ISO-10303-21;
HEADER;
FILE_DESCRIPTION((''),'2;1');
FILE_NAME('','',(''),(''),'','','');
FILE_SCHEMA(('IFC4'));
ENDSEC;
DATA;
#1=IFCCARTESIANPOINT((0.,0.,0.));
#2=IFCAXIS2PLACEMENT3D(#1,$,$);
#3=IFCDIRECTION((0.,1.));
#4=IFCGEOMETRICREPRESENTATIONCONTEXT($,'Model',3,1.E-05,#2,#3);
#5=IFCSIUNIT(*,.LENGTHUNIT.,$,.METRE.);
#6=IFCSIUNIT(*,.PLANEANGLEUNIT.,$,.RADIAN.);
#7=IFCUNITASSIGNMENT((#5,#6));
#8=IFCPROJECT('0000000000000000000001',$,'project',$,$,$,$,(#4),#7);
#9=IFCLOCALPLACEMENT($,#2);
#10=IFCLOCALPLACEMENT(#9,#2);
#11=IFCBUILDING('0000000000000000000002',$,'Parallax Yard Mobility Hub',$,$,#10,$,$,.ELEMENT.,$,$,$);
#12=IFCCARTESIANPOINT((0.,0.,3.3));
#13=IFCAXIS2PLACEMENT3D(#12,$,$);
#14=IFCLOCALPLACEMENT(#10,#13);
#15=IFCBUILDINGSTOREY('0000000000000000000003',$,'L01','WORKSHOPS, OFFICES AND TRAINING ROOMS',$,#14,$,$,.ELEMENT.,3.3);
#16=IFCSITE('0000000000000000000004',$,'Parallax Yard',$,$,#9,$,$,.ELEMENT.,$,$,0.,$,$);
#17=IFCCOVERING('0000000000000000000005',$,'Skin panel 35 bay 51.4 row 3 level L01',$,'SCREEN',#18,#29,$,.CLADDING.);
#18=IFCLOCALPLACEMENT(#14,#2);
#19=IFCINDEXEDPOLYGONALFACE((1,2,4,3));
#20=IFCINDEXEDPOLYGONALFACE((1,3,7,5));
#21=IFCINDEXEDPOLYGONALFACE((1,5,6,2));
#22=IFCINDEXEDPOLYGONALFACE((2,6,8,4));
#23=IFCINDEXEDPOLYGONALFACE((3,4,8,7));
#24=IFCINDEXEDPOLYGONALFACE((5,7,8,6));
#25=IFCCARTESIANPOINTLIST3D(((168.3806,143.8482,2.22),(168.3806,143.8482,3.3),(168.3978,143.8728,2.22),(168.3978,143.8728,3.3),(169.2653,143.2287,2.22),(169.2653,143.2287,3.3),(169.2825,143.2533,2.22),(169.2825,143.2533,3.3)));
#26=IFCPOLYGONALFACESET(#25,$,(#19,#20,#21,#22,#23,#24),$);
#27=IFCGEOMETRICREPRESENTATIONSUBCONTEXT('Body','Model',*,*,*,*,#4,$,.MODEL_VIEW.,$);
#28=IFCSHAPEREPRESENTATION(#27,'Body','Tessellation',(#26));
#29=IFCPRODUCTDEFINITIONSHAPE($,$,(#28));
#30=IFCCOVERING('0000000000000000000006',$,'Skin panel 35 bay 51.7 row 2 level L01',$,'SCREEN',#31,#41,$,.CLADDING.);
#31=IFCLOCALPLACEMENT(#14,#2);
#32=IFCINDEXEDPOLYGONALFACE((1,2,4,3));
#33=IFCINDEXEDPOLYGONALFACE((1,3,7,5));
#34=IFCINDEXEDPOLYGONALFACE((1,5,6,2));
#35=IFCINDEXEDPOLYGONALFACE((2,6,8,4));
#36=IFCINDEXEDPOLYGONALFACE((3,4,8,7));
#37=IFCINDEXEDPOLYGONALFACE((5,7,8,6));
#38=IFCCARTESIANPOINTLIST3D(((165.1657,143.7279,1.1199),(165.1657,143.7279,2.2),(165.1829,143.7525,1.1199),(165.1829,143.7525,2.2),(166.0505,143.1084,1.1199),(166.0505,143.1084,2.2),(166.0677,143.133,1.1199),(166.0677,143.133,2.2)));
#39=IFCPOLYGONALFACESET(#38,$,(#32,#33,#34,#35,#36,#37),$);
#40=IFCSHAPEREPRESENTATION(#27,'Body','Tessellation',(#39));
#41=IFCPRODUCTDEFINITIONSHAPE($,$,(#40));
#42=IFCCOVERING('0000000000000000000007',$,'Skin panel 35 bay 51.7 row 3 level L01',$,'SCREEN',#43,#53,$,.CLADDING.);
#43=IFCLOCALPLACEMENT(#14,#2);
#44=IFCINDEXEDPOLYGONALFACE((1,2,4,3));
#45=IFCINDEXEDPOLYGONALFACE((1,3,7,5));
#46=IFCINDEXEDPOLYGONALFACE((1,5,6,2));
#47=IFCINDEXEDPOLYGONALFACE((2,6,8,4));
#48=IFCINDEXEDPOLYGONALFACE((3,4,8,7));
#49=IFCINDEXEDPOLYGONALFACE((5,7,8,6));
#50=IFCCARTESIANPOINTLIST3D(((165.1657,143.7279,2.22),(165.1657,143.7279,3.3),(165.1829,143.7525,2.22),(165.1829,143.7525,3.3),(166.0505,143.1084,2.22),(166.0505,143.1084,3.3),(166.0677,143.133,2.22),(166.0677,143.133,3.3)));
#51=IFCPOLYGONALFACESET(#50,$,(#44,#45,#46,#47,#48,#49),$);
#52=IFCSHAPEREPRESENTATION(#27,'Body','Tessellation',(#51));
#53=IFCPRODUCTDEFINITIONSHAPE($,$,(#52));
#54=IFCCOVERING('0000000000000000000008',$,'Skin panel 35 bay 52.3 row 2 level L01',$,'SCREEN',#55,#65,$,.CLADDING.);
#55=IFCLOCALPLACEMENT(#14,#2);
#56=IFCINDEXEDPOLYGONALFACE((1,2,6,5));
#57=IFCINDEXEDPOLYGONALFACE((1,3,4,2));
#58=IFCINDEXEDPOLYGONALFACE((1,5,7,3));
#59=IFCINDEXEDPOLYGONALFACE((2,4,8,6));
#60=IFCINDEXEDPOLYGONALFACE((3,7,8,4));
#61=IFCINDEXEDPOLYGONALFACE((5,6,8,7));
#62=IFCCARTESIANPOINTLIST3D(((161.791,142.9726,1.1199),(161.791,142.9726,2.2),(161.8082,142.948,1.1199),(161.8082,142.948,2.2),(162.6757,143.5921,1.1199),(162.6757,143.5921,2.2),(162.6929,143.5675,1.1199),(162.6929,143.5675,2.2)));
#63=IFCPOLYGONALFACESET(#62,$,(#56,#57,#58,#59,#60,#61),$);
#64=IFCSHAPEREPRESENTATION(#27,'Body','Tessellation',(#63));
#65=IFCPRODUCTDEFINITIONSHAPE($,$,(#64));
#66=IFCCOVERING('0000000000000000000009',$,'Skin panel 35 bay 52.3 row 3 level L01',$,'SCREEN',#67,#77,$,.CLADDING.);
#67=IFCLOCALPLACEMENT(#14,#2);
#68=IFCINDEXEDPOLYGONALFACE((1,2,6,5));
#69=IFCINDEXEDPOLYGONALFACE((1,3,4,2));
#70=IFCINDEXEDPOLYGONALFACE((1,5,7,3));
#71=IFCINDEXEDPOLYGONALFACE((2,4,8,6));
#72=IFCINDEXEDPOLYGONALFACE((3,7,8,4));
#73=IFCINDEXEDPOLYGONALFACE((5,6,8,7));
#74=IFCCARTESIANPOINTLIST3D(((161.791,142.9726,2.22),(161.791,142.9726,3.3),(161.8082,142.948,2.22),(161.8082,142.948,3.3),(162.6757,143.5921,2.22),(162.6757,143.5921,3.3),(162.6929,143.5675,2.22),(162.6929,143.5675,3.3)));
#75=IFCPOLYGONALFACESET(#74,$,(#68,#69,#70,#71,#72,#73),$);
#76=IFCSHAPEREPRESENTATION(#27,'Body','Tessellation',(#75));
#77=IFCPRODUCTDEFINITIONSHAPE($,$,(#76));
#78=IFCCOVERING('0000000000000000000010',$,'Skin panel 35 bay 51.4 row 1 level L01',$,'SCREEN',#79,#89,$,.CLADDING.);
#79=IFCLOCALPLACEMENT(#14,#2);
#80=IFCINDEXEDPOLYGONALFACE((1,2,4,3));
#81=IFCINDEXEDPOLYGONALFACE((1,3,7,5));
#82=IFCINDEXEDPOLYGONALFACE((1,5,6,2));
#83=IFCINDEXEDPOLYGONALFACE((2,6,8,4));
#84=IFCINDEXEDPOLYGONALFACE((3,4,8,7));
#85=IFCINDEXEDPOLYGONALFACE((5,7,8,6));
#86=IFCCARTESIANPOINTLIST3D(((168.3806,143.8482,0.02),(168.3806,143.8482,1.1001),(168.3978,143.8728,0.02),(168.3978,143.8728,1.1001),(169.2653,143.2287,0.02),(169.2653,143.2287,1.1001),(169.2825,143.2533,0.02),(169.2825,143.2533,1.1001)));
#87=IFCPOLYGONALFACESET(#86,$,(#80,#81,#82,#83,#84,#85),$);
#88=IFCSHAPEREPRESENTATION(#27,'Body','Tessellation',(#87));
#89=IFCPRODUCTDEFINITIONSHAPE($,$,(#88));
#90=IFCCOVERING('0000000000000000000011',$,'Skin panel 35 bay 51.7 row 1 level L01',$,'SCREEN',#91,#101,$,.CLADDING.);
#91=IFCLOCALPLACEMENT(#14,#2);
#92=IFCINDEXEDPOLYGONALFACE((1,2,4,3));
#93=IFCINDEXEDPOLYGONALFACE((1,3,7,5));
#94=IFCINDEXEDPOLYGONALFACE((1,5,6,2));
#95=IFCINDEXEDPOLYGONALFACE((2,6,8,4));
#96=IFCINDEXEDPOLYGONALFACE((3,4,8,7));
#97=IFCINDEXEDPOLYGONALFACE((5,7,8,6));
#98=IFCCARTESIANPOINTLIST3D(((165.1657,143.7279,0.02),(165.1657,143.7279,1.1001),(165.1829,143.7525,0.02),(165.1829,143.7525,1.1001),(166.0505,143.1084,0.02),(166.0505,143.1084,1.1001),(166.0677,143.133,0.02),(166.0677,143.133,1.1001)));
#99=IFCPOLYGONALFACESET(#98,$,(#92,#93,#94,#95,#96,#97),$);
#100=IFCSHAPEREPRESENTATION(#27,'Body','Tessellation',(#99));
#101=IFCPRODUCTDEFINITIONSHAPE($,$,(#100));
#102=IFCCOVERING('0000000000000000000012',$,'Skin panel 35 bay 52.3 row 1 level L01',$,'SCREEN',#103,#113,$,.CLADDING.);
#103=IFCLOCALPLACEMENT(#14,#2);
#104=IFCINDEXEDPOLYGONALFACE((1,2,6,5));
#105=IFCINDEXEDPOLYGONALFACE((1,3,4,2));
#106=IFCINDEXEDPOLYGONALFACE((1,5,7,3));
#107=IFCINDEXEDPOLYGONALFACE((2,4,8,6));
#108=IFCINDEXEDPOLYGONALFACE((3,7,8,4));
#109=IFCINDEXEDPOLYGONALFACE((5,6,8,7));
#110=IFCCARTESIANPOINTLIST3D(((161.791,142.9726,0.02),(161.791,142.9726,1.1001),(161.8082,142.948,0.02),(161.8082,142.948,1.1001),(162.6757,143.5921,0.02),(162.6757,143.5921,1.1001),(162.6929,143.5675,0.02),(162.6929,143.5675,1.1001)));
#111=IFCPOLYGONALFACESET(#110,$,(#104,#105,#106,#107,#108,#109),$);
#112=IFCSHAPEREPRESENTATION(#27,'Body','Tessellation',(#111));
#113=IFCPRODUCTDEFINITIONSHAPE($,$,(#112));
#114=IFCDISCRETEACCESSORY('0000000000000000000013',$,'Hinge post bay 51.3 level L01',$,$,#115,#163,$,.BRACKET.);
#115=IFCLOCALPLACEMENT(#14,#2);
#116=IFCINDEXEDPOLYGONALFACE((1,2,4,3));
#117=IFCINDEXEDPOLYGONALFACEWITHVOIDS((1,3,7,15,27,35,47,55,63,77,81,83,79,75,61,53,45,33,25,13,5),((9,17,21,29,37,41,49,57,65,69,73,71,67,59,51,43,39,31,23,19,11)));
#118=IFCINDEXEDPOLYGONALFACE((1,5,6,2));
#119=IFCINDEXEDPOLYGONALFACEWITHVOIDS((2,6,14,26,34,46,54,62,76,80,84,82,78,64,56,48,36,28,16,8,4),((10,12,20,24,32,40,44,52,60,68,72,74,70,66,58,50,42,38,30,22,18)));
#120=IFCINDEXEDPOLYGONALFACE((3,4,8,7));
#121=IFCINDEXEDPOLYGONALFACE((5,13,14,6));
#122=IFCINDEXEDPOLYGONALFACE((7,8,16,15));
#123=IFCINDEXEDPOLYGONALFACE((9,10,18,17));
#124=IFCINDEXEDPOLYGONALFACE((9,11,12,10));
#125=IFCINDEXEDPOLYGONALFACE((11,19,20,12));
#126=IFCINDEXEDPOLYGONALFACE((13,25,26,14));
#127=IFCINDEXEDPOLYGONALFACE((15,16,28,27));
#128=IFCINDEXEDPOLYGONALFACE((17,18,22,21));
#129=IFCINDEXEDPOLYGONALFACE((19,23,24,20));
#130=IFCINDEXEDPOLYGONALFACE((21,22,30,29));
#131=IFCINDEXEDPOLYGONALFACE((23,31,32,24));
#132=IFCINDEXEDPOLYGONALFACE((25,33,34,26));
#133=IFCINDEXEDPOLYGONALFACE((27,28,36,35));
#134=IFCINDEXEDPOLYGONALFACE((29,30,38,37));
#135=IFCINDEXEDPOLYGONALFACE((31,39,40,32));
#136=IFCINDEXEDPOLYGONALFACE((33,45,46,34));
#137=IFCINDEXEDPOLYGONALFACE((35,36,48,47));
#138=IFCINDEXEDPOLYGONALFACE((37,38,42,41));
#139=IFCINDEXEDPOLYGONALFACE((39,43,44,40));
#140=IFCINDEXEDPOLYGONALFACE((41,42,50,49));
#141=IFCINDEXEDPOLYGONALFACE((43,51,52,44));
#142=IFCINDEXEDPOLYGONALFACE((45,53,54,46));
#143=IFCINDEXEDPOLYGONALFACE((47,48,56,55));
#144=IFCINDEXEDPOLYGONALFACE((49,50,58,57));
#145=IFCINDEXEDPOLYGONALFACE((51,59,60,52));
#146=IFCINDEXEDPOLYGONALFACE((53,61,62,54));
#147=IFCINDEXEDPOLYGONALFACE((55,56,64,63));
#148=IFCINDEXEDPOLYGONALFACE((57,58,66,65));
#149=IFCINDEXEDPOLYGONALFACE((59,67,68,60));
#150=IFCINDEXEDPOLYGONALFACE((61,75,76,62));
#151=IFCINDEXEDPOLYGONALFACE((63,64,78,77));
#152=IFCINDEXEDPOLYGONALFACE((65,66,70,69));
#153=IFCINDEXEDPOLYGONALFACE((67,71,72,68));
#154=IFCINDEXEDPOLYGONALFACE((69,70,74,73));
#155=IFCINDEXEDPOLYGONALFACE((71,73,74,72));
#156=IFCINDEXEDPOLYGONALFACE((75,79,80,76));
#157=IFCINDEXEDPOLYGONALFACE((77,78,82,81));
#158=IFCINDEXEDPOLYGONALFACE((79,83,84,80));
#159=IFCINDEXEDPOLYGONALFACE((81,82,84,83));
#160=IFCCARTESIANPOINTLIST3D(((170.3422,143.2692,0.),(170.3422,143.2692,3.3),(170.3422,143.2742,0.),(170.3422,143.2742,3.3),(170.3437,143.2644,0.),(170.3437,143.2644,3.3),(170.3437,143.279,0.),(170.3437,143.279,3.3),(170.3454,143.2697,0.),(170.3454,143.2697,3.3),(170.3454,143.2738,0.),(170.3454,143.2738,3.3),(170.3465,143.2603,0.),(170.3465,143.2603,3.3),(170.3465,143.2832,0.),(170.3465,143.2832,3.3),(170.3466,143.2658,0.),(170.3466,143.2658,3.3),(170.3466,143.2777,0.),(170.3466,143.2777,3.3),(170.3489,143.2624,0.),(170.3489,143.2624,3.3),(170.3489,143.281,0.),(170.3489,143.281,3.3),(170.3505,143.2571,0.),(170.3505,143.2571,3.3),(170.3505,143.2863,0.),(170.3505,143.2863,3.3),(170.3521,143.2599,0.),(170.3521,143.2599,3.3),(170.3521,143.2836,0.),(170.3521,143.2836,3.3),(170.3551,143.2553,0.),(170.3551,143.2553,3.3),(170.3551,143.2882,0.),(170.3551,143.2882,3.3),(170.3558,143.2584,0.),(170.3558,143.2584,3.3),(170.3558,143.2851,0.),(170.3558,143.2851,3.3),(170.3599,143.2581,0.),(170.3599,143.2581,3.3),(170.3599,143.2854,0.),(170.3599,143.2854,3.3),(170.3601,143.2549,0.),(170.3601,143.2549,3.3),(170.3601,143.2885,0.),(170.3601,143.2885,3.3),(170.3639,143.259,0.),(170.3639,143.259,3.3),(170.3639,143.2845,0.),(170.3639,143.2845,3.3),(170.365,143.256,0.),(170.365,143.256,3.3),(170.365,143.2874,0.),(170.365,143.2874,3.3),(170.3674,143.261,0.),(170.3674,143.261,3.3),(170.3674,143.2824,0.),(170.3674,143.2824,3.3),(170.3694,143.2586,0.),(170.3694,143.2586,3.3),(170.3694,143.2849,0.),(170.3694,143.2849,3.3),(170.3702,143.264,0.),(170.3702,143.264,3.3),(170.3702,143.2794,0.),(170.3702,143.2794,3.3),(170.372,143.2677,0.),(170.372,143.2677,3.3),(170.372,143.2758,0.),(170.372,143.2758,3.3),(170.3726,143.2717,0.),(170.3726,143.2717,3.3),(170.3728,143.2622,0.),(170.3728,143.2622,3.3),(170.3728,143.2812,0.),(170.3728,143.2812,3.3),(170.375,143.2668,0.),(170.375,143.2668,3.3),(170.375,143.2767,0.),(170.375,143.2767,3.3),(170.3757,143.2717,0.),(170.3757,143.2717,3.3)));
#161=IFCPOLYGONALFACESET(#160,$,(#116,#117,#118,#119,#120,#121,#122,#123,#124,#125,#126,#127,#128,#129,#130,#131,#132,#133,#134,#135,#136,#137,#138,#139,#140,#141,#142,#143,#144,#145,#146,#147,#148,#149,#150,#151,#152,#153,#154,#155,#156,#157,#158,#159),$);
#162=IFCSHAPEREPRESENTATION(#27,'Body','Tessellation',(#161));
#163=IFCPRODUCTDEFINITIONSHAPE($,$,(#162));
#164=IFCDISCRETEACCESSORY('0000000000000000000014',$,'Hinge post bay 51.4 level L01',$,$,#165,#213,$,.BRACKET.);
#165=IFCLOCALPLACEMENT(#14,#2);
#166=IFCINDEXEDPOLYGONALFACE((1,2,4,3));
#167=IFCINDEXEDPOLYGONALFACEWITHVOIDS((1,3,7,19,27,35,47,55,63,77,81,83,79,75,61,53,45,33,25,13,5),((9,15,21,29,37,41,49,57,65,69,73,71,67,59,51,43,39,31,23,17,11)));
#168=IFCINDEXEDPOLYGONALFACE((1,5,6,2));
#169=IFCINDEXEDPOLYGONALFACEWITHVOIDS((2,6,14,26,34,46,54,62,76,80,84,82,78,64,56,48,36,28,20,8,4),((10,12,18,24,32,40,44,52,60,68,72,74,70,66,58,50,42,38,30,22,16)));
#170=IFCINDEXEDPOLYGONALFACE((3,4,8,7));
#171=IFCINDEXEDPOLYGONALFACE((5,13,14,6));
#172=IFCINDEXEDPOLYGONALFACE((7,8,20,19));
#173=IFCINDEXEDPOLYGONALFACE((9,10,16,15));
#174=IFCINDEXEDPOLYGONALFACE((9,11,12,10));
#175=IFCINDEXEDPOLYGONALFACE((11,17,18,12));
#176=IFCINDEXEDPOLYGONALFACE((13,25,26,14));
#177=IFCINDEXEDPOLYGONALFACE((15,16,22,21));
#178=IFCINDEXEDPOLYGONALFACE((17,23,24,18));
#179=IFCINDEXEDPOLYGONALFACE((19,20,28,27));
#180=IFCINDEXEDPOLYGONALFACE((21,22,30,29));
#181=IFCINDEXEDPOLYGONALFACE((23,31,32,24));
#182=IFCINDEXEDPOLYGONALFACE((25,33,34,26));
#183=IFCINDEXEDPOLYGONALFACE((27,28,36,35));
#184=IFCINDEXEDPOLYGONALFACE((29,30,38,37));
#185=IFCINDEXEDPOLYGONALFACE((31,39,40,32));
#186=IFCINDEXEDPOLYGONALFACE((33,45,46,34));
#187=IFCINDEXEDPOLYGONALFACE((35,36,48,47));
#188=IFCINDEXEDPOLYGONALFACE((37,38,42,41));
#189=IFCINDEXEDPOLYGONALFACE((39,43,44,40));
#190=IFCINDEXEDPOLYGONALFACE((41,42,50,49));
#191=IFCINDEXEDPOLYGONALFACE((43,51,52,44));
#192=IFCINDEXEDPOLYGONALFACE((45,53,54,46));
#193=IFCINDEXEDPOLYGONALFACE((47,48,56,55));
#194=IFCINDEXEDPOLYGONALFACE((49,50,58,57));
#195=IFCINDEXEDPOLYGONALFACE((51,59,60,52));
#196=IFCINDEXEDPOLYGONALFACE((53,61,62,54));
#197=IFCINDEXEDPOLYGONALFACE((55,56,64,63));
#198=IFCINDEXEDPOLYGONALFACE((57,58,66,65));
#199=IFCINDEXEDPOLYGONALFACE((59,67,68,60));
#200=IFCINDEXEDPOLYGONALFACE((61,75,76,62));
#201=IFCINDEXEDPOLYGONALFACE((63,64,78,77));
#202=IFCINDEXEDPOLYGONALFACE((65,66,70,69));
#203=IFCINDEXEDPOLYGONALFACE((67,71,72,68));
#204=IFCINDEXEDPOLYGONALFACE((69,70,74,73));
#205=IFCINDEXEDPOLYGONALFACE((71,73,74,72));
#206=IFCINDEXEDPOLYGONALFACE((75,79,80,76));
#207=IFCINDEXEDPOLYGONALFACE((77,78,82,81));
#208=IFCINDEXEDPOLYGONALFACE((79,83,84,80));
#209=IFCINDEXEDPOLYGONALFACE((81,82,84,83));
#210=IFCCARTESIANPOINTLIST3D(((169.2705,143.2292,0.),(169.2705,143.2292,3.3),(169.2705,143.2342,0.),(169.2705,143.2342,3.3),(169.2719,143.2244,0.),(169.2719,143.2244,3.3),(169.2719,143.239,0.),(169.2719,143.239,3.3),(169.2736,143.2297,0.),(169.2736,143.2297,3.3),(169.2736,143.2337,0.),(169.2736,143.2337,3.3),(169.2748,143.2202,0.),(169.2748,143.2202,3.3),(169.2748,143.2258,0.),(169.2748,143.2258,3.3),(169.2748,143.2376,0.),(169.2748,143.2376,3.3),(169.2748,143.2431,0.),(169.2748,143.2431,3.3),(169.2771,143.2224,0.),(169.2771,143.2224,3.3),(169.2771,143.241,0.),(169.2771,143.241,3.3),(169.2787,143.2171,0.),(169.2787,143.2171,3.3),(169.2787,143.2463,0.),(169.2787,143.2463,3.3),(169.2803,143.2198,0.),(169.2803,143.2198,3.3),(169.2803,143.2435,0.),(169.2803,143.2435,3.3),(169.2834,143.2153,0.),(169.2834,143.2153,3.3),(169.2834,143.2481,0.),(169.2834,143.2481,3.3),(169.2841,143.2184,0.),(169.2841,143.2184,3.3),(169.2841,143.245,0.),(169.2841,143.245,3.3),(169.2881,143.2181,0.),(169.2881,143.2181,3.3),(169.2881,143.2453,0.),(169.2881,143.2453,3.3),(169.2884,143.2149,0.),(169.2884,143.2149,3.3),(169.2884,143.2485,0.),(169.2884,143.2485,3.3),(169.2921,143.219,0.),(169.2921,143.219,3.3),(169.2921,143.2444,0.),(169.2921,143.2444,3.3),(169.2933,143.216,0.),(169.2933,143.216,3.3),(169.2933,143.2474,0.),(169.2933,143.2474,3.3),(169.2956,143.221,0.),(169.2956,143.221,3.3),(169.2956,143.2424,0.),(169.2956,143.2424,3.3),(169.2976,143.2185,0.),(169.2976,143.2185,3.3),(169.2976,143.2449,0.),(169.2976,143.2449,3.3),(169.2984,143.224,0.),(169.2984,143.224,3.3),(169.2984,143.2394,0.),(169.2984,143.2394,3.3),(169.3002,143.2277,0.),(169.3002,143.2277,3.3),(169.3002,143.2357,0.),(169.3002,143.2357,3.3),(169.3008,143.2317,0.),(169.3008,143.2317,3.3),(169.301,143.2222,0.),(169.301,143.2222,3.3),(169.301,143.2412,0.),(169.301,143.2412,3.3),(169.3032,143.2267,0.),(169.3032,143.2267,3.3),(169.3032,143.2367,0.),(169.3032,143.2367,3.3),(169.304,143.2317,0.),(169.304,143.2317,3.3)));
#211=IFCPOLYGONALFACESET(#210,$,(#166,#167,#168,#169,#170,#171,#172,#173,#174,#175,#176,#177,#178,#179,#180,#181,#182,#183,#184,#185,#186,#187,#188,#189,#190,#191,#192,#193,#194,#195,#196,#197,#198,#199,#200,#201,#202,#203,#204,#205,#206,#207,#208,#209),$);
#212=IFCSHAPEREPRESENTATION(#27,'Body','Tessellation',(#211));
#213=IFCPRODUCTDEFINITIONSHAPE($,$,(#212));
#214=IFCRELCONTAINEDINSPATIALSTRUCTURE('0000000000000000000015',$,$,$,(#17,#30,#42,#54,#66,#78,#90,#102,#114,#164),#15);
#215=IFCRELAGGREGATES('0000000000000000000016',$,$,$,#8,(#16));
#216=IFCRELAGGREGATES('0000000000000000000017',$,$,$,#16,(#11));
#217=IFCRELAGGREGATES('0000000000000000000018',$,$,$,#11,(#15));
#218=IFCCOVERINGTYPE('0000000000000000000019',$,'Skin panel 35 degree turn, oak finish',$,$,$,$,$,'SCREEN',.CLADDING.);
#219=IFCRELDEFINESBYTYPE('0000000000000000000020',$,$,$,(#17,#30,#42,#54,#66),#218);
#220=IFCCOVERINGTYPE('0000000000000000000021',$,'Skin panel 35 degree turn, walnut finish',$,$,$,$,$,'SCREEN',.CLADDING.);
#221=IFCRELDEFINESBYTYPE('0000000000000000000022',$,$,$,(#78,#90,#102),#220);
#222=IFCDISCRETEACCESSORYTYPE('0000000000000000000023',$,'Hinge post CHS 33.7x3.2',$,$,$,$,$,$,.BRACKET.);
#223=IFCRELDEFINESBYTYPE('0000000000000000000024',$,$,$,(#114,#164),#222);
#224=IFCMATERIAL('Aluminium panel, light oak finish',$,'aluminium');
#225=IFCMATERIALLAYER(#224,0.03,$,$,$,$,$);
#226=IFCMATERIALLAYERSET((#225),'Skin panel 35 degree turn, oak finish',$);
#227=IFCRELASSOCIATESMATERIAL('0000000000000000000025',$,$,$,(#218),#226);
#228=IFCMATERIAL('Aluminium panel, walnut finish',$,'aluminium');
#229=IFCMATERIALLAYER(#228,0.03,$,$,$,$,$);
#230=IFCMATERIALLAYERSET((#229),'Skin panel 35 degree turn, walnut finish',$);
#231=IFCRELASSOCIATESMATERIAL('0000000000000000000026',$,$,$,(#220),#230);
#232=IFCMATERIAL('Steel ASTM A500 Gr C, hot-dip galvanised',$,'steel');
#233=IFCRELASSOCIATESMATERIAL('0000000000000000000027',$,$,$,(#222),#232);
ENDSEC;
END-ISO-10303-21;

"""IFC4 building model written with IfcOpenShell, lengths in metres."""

from ifc_helpers import new_model, si_unit, direction, frame, origin, origin_2d, place, context, subcontext, project, spatial, rectangle, hollow_circle, extrude, material, layer, layer_set, material_profile, profile_set, type_object, element, save


model = new_model("IFC4")

# Units and contexts
model_context = context("Model", 3, precision=1e-05, world=origin(), true_north=direction((0.0, 1.0)))
body_context = subcontext(model_context, "Body", "Model", "MODEL_VIEW")
ifc_project = project(units=[si_unit("LENGTHUNIT", "METRE"), si_unit("PLANEANGLEUNIT", "RADIAN")], contexts=[model_context])

# Site, building, storey
site_placement = place(None, origin())
site = spatial("IfcSite", under=ifc_project, at=site_placement, Name="Parallax Yard", CompositionType="ELEMENT", RefElevation=0.0)
building_placement = place(site_placement, origin())
building = spatial("IfcBuilding", under=site, at=building_placement, Name="Parallax Yard Mobility Hub", CompositionType="ELEMENT")
storey_placement = place(building_placement, frame((0.0, 0.0, 3.3)))
storey = spatial("IfcBuildingStorey", under=building, at=storey_placement, Name="L01", Description="WORKSHOPS, OFFICES AND TRAINING ROOMS", CompositionType="ELEMENT", Elevation=3.3)

# Coverings
ifc_material_1 = material(Name="Aluminium panel, light oak finish", Category="aluminium")
ifc_material_2 = material(Name="Aluminium panel, walnut finish", Category="aluminium")
ifc_layer_1 = layer(ifc_material_1, 0.03)
ifc_layer_set_1 = layer_set([ifc_layer_1], Name="Skin panel 35 degree turn, oak finish")
covering_type_1 = type_object("IfcCoveringType", Name="Skin panel 35 degree turn, oak finish", ElementType="SCREEN", PredefinedType="CLADDING", material=ifc_layer_set_1)
for number, where, z_axis, x_axis, name in (
    (1, (168.8315, 143.5508, 2.22), (0.0, 0.0, 1.0), (-0.819152, 0.573576, 0.0), "Skin panel 35 bay 51.4 row 3 level L01"),
    (2, (165.6167, 143.4304, 1.1199), (0.0, 0.0, 1.0), (-0.819152, 0.573576, 0.0), "Skin panel 35 bay 51.7 row 2 level L01"),
    (3, (165.6167, 143.4304, 2.22), (0.0, 0.0, 1.0), (-0.819152, 0.573576, 0.0), "Skin panel 35 bay 51.7 row 3 level L01"),
    (4, (162.2419, 143.27, 1.1199), (0.0, 0.0, 1.0), (0.819152, 0.573576, 0.0), "Skin panel 35 bay 52.3 row 2 level L01"),
    (5, (162.2419, 143.27, 2.22), (0.0, 0.0, 1.0), (0.819152, 0.573576, 0.0), "Skin panel 35 bay 52.3 row 3 level L01"),
):
    element("IfcCovering", number, at=place(storey_placement, frame(where, z_axis=z_axis, x_axis=x_axis)), inside=storey, type_object=covering_type_1, Name=name, ObjectType="SCREEN", PredefinedType="CLADDING", context=body_context, shape_type="SweptSolid", body=[
        extrude(rectangle(XDim=1.0801, YDim=0.03, at=origin_2d()), origin(), (0.0, 0.0, 1.0), 1.0801),
    ])
ifc_layer_2 = layer(ifc_material_2, 0.03)
ifc_layer_set_2 = layer_set([ifc_layer_2], Name="Skin panel 35 degree turn, walnut finish")
covering_type_2 = type_object("IfcCoveringType", Name="Skin panel 35 degree turn, walnut finish", ElementType="SCREEN", PredefinedType="CLADDING", material=ifc_layer_set_2)
for number, where, z_axis, x_axis, name in (
    (6, (168.8315, 143.5508, 0.02), (0.0, 0.0, 1.0), (-0.819152, 0.573576, 0.0), "Skin panel 35 bay 51.4 row 1 level L01"),
    (7, (165.6167, 143.4304, 0.02), (0.0, 0.0, 1.0), (-0.819152, 0.573576, 0.0), "Skin panel 35 bay 51.7 row 1 level L01"),
    (8, (162.2419, 143.27, 0.02), (0.0, 0.0, 1.0), (0.819152, 0.573576, 0.0), "Skin panel 35 bay 52.3 row 1 level L01"),
):
    element("IfcCovering", number, at=place(storey_placement, frame(where, z_axis=z_axis, x_axis=x_axis)), inside=storey, type_object=covering_type_2, Name=name, ObjectType="SCREEN", PredefinedType="CLADDING", context=body_context, shape_type="SweptSolid", body=[
        extrude(rectangle(XDim=1.0801, YDim=0.03, at=origin_2d()), origin(), (0.0, 0.0, 1.0), 1.0801),
    ])

# Discrete accessories
ifc_material_3 = material(Name="Steel ASTM A500 Gr C, hot-dip galvanised", Category="steel")
ifc_material_profile = material_profile(ifc_material_3, hollow_circle(Radius=0.0168, WallThickness=0.0032, at=origin_2d()), Name="CHS 33.7x3.2")
ifc_profile_set = profile_set([ifc_material_profile], Name="Steel ASTM A500 Gr C, hot-dip galvanised")
discrete_accessory_type = type_object("IfcDiscreteAccessoryType", Name="Hinge post CHS 33.7x3.2", PredefinedType="BRACKET", material=ifc_profile_set)
for number, where, z_axis, x_axis, name in (
    (9, (170.3589, 143.2717, 0.0), (0.0, 0.0, 1.0), (1.0, 0.0, 0.0), "Hinge post bay 51.3 level L01"),
    (10, (169.2871, 143.2317, 0.0), (0.0, 0.0, 1.0), (1.0, 0.0, 0.0), "Hinge post bay 51.4 level L01"),
):
    element("IfcDiscreteAccessory", number, at=place(storey_placement, frame(where, z_axis=z_axis, x_axis=x_axis)), inside=storey, type_object=discrete_accessory_type, Name=name, PredefinedType="BRACKET", context=body_context, shape_type="SweptSolid", body=[
        extrude(hollow_circle(Radius=0.0168, WallThickness=0.0032, at=origin_2d()), origin(), (0.0, 0.0, 1.0), 3.3),
    ])

save(model, "model.ifc")
